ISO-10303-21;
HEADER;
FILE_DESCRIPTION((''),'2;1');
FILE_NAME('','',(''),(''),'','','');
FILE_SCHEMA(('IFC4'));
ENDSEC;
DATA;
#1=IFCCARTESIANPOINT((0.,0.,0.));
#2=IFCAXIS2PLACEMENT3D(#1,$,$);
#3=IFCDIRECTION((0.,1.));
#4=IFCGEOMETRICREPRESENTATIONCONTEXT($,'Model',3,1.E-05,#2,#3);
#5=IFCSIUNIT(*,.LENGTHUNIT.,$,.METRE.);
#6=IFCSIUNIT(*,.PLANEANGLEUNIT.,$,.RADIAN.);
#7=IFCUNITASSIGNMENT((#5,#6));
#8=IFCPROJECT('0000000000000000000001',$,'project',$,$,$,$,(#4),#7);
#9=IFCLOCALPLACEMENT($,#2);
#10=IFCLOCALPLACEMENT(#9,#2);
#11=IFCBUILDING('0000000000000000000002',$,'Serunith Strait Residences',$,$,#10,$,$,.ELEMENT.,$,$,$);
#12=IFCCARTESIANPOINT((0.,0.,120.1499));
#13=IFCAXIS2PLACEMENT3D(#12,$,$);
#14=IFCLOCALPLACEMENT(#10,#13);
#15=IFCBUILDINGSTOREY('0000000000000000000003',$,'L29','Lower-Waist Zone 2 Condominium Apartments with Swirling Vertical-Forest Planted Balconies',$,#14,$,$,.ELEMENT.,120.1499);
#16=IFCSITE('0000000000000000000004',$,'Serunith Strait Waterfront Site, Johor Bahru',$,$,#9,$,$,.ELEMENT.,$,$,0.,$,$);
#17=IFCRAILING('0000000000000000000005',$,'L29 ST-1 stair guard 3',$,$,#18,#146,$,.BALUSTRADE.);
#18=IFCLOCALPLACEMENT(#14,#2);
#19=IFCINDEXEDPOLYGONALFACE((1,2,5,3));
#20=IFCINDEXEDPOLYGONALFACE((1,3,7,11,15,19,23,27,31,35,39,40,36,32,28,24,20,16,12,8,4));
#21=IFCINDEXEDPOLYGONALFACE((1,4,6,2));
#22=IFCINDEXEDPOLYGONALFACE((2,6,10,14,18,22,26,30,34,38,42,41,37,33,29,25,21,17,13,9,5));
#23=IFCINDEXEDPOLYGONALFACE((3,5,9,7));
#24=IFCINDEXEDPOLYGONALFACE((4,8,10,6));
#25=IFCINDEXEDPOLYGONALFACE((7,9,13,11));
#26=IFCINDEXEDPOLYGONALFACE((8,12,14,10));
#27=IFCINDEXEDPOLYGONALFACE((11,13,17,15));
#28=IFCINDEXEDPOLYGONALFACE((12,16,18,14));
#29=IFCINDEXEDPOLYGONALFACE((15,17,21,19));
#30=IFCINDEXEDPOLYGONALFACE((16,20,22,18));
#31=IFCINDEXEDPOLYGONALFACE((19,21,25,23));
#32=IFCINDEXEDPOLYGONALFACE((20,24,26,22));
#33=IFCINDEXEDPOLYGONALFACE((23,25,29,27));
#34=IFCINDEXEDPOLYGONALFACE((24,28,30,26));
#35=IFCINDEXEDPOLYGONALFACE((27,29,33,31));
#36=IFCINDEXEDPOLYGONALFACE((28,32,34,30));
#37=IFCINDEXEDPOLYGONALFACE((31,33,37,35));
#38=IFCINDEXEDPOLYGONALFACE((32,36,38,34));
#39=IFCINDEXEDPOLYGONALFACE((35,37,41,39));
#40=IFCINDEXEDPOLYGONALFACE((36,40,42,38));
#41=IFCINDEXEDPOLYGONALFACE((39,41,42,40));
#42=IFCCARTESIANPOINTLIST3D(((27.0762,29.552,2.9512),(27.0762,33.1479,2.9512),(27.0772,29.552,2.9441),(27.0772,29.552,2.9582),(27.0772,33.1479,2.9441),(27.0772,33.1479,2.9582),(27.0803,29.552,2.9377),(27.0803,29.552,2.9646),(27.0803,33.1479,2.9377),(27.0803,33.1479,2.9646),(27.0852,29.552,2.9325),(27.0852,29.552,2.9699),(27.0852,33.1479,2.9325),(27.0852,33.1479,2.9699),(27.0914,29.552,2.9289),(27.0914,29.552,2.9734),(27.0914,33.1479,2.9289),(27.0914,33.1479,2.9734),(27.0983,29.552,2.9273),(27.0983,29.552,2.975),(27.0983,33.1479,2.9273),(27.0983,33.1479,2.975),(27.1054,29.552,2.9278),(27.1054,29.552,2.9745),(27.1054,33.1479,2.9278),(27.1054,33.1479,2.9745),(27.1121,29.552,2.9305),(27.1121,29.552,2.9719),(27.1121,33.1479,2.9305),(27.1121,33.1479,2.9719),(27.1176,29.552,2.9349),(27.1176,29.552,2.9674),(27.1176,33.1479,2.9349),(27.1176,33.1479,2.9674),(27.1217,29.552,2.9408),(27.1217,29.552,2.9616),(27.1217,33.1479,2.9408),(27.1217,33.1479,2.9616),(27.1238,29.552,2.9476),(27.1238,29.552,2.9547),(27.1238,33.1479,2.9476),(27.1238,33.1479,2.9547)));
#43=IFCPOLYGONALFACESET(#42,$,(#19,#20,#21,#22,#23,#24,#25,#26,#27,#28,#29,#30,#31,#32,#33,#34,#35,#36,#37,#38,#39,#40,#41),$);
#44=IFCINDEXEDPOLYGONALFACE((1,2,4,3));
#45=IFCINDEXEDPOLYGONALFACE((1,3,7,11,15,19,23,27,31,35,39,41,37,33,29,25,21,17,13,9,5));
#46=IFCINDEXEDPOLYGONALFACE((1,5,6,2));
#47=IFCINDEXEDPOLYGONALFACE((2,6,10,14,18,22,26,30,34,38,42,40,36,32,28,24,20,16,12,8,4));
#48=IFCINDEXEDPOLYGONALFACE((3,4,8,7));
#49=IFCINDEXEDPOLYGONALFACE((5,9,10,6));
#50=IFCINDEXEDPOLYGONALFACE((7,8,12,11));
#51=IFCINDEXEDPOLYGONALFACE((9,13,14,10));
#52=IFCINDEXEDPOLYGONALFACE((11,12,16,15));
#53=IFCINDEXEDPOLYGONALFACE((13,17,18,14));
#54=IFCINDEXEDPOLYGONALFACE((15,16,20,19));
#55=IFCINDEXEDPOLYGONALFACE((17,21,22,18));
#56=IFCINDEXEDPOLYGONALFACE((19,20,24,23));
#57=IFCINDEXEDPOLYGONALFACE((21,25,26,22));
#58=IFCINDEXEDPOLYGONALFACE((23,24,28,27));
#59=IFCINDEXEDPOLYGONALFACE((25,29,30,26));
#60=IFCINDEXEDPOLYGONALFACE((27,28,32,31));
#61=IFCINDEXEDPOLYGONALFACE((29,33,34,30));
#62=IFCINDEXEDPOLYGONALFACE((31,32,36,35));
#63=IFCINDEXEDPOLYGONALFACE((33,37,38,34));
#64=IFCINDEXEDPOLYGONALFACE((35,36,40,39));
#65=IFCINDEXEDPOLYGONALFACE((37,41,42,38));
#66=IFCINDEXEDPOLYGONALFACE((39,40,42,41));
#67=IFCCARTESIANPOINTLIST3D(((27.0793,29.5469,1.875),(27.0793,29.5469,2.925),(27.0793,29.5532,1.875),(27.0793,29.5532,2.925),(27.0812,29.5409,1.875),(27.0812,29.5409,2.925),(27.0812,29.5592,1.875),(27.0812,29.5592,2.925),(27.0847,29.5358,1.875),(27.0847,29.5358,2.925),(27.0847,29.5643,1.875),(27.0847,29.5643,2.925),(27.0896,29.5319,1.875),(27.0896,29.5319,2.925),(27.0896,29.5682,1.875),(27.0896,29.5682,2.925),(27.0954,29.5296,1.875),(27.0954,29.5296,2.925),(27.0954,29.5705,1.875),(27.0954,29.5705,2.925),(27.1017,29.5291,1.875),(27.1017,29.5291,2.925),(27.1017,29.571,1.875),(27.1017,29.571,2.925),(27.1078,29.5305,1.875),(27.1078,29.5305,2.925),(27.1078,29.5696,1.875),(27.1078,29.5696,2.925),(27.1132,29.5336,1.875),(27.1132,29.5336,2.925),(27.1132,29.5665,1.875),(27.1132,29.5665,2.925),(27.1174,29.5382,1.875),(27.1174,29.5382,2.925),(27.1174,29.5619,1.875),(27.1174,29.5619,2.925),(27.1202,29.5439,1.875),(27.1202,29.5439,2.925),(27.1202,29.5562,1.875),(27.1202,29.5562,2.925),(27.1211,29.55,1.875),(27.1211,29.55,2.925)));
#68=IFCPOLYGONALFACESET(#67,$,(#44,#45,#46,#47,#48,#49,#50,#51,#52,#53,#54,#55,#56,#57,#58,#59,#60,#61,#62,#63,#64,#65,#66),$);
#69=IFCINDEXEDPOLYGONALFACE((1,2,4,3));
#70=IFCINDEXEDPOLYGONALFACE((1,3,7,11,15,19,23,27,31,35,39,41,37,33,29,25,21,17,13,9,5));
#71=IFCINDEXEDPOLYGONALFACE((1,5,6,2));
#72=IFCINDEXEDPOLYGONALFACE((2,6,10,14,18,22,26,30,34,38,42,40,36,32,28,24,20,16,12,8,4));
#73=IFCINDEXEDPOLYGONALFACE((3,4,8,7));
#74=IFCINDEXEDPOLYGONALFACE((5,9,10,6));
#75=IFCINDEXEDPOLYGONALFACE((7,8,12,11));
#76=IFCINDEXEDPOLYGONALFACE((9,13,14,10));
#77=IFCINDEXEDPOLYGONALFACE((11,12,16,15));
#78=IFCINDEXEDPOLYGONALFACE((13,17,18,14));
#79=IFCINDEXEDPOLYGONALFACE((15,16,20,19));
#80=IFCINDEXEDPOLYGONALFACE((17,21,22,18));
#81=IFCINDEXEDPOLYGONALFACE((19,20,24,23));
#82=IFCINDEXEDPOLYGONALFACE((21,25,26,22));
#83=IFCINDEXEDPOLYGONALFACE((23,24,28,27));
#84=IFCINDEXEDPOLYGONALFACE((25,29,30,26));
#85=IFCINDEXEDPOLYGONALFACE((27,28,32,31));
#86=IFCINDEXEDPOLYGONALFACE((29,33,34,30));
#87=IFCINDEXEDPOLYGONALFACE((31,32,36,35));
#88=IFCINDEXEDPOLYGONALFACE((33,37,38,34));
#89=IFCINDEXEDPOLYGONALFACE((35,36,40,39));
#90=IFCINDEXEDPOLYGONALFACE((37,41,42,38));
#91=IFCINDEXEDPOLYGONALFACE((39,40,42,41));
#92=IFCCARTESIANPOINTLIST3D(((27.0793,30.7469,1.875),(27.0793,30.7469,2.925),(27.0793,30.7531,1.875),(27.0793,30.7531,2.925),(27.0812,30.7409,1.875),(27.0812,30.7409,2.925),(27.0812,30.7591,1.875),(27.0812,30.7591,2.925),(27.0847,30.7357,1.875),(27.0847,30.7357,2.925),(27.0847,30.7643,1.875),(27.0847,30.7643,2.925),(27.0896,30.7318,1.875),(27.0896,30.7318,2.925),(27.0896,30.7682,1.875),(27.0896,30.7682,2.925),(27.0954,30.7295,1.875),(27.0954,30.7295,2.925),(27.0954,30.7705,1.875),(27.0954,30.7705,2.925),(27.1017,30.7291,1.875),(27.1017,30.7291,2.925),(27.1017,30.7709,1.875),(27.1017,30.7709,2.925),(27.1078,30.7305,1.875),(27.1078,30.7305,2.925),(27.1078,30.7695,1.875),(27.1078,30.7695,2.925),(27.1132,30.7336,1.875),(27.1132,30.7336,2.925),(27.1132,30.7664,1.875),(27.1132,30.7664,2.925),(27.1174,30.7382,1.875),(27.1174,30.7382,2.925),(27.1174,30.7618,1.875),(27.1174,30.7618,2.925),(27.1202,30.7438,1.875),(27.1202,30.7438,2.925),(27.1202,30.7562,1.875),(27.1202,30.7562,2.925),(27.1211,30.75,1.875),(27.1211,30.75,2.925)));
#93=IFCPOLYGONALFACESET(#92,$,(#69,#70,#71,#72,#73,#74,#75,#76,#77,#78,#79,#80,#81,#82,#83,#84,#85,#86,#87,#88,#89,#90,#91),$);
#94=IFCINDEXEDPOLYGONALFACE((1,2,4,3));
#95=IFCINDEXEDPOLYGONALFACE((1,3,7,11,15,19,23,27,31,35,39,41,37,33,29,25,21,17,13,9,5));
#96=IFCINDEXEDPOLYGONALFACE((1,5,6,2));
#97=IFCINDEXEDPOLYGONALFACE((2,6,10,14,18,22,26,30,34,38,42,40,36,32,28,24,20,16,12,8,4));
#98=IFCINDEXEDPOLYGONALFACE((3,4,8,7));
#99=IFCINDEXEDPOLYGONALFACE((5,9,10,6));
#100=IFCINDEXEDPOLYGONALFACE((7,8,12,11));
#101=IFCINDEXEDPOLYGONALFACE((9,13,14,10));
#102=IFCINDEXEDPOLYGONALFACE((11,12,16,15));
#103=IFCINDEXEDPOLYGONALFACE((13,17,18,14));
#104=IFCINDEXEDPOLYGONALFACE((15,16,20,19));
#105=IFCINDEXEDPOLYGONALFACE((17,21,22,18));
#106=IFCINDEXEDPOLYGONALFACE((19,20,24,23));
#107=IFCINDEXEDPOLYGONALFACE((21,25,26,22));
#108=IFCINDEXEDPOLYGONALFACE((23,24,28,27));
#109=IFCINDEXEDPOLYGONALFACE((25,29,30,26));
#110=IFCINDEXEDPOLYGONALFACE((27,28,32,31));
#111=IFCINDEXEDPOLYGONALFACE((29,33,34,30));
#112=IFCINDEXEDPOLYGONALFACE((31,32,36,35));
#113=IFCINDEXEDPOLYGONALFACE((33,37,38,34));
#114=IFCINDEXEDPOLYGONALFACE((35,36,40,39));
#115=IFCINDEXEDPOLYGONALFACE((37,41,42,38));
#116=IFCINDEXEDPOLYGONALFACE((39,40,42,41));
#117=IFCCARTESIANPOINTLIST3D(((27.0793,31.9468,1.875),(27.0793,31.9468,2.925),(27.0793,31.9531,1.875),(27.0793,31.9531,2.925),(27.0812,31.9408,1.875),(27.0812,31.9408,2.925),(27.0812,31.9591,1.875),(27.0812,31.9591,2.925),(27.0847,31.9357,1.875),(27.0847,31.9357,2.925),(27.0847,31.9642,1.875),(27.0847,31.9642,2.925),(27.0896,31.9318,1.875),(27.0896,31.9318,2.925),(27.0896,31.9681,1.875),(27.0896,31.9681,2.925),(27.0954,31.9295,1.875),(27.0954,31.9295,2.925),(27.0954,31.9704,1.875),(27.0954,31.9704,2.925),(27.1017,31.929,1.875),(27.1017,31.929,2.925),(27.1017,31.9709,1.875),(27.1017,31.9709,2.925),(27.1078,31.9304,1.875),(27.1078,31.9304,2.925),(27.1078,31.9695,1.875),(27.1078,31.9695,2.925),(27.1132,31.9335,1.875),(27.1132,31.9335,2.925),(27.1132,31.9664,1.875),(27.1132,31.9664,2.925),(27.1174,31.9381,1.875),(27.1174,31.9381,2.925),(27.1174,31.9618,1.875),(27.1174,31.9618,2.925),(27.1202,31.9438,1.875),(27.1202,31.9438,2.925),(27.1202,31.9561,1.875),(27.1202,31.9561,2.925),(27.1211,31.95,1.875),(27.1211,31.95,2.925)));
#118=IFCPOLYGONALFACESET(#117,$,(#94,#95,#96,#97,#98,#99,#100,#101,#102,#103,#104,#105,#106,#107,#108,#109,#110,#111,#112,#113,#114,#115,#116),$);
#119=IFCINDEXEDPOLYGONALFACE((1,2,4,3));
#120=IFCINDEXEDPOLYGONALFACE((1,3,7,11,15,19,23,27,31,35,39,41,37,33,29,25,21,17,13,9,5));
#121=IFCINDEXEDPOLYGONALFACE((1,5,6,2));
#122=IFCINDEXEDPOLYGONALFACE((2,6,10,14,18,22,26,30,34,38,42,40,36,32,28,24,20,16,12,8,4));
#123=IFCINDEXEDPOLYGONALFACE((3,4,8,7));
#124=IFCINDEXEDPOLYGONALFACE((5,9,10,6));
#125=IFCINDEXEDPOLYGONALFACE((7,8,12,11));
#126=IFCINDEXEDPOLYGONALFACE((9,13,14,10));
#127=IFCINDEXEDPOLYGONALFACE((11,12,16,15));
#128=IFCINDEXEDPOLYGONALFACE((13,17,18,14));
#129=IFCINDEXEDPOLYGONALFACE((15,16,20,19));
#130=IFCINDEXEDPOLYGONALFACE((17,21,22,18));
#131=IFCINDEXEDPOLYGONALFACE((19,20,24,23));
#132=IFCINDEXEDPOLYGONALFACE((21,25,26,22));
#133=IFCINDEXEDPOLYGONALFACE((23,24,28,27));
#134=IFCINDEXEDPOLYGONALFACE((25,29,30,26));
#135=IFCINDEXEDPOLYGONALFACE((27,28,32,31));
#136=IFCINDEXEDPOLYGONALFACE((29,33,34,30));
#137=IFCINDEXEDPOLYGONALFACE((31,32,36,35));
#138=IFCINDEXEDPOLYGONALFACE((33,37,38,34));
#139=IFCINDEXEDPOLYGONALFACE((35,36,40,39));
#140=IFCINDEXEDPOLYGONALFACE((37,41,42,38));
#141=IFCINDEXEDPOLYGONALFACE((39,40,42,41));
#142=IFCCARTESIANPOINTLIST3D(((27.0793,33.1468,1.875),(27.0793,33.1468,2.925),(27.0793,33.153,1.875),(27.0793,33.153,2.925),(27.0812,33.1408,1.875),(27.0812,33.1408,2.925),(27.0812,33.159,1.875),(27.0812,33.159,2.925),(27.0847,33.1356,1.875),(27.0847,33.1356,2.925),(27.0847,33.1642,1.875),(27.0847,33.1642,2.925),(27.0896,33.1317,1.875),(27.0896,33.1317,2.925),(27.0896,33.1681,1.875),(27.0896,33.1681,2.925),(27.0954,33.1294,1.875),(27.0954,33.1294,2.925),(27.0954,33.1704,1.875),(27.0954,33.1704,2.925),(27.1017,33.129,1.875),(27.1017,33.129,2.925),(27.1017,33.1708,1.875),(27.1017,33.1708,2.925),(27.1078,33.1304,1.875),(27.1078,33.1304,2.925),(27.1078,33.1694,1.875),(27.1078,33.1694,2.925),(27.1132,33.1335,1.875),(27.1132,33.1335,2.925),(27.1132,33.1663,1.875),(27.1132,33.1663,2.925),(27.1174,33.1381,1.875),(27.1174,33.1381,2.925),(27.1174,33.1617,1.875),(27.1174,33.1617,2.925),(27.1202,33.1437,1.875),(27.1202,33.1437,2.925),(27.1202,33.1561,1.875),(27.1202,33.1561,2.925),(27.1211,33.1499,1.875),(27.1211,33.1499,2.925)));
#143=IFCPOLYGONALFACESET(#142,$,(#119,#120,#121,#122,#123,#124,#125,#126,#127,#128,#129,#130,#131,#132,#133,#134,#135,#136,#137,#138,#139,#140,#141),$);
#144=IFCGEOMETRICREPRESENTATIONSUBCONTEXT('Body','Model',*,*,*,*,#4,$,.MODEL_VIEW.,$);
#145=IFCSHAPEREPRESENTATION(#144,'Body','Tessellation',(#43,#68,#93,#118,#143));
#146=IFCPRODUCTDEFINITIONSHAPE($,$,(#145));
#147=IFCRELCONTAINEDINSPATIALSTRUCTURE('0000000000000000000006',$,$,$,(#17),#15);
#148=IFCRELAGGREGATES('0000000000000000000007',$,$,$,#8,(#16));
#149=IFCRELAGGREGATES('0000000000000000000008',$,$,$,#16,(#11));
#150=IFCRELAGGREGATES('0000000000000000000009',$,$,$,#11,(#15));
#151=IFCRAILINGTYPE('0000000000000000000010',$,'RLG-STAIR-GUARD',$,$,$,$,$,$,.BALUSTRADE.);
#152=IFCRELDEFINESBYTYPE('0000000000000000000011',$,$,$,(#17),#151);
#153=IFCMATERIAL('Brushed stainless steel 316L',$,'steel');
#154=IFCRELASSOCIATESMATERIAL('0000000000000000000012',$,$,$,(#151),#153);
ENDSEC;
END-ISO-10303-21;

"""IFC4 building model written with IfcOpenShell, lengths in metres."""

from ifc_helpers import new_model, si_unit, direction, frame, origin, origin_2d, place, context, subcontext, project, spatial, circle, extrude, material, type_object, element, save


model = new_model("IFC4")

# Units and contexts
model_context = context("Model", 3, precision=1e-05, world=origin(), true_north=direction((0.0, 1.0)))
body_context = subcontext(model_context, "Body", "Model", "MODEL_VIEW")
ifc_project = project(units=[si_unit("LENGTHUNIT", "METRE"), si_unit("PLANEANGLEUNIT", "RADIAN")], contexts=[model_context])

# Site, building, storey
site_placement = place(None, origin())
site = spatial("IfcSite", under=ifc_project, at=site_placement, Name="Serunith Strait Waterfront Site, Johor Bahru", CompositionType="ELEMENT", RefElevation=0.0)
building_placement = place(site_placement, origin())
building = spatial("IfcBuilding", under=site, at=building_placement, Name="Serunith Strait Residences", CompositionType="ELEMENT")
storey_placement = place(building_placement, frame((0.0, 0.0, 120.1499)))
storey = spatial("IfcBuildingStorey", under=building, at=storey_placement, Name="L29", Description="Lower-Waist Zone 2 Condominium Apartments with Swirling Vertical-Forest Planted Balconies", CompositionType="ELEMENT", Elevation=120.1499)

# Railing
ifc_material_1 = material(Name="Brushed stainless steel 316L", Category="steel")
railing_type_1 = type_object("IfcRailingType", Name="RLG-STAIR-GUARD", PredefinedType="BALUSTRADE", material=ifc_material_1)
for number, where, name in (
    (1, (27.1001, 29.55, 1.875), "L29 ST-1 stair guard 3"),
):
    element("IfcRailing", number, at=place(storey_placement, frame(where)), inside=storey, type_object=railing_type_1, Name=name, PredefinedType="BALUSTRADE", context=body_context, shape_type="SweptSolid", body=[
        extrude(circle(Radius=0.0239, at=origin_2d()), frame((0.0, 0.002, 1.0762), z_axis=(0.0, 1.0, 0.0), x_axis=(-1.0, 0.0, 0.0)), (0.0, 0.0, 1.0), 3.5959),
        extrude(circle(Radius=0.021, at=origin_2d()), origin(), (0.0, 0.0, 1.0), 1.05),
        extrude(circle(Radius=0.021, at=origin_2d()), frame((0.0, 1.2, 0.0)), (0.0, 0.0, 1.0), 1.05),
        extrude(circle(Radius=0.021, at=origin_2d()), frame((0.0, 2.3999, 0.0)), (0.0, 0.0, 1.0), 1.05),
        extrude(circle(Radius=0.021, at=origin_2d()), frame((0.0, 3.5999, 0.0)), (0.0, 0.0, 1.0), 1.05),
    ])

save(model, "model.ifc")
